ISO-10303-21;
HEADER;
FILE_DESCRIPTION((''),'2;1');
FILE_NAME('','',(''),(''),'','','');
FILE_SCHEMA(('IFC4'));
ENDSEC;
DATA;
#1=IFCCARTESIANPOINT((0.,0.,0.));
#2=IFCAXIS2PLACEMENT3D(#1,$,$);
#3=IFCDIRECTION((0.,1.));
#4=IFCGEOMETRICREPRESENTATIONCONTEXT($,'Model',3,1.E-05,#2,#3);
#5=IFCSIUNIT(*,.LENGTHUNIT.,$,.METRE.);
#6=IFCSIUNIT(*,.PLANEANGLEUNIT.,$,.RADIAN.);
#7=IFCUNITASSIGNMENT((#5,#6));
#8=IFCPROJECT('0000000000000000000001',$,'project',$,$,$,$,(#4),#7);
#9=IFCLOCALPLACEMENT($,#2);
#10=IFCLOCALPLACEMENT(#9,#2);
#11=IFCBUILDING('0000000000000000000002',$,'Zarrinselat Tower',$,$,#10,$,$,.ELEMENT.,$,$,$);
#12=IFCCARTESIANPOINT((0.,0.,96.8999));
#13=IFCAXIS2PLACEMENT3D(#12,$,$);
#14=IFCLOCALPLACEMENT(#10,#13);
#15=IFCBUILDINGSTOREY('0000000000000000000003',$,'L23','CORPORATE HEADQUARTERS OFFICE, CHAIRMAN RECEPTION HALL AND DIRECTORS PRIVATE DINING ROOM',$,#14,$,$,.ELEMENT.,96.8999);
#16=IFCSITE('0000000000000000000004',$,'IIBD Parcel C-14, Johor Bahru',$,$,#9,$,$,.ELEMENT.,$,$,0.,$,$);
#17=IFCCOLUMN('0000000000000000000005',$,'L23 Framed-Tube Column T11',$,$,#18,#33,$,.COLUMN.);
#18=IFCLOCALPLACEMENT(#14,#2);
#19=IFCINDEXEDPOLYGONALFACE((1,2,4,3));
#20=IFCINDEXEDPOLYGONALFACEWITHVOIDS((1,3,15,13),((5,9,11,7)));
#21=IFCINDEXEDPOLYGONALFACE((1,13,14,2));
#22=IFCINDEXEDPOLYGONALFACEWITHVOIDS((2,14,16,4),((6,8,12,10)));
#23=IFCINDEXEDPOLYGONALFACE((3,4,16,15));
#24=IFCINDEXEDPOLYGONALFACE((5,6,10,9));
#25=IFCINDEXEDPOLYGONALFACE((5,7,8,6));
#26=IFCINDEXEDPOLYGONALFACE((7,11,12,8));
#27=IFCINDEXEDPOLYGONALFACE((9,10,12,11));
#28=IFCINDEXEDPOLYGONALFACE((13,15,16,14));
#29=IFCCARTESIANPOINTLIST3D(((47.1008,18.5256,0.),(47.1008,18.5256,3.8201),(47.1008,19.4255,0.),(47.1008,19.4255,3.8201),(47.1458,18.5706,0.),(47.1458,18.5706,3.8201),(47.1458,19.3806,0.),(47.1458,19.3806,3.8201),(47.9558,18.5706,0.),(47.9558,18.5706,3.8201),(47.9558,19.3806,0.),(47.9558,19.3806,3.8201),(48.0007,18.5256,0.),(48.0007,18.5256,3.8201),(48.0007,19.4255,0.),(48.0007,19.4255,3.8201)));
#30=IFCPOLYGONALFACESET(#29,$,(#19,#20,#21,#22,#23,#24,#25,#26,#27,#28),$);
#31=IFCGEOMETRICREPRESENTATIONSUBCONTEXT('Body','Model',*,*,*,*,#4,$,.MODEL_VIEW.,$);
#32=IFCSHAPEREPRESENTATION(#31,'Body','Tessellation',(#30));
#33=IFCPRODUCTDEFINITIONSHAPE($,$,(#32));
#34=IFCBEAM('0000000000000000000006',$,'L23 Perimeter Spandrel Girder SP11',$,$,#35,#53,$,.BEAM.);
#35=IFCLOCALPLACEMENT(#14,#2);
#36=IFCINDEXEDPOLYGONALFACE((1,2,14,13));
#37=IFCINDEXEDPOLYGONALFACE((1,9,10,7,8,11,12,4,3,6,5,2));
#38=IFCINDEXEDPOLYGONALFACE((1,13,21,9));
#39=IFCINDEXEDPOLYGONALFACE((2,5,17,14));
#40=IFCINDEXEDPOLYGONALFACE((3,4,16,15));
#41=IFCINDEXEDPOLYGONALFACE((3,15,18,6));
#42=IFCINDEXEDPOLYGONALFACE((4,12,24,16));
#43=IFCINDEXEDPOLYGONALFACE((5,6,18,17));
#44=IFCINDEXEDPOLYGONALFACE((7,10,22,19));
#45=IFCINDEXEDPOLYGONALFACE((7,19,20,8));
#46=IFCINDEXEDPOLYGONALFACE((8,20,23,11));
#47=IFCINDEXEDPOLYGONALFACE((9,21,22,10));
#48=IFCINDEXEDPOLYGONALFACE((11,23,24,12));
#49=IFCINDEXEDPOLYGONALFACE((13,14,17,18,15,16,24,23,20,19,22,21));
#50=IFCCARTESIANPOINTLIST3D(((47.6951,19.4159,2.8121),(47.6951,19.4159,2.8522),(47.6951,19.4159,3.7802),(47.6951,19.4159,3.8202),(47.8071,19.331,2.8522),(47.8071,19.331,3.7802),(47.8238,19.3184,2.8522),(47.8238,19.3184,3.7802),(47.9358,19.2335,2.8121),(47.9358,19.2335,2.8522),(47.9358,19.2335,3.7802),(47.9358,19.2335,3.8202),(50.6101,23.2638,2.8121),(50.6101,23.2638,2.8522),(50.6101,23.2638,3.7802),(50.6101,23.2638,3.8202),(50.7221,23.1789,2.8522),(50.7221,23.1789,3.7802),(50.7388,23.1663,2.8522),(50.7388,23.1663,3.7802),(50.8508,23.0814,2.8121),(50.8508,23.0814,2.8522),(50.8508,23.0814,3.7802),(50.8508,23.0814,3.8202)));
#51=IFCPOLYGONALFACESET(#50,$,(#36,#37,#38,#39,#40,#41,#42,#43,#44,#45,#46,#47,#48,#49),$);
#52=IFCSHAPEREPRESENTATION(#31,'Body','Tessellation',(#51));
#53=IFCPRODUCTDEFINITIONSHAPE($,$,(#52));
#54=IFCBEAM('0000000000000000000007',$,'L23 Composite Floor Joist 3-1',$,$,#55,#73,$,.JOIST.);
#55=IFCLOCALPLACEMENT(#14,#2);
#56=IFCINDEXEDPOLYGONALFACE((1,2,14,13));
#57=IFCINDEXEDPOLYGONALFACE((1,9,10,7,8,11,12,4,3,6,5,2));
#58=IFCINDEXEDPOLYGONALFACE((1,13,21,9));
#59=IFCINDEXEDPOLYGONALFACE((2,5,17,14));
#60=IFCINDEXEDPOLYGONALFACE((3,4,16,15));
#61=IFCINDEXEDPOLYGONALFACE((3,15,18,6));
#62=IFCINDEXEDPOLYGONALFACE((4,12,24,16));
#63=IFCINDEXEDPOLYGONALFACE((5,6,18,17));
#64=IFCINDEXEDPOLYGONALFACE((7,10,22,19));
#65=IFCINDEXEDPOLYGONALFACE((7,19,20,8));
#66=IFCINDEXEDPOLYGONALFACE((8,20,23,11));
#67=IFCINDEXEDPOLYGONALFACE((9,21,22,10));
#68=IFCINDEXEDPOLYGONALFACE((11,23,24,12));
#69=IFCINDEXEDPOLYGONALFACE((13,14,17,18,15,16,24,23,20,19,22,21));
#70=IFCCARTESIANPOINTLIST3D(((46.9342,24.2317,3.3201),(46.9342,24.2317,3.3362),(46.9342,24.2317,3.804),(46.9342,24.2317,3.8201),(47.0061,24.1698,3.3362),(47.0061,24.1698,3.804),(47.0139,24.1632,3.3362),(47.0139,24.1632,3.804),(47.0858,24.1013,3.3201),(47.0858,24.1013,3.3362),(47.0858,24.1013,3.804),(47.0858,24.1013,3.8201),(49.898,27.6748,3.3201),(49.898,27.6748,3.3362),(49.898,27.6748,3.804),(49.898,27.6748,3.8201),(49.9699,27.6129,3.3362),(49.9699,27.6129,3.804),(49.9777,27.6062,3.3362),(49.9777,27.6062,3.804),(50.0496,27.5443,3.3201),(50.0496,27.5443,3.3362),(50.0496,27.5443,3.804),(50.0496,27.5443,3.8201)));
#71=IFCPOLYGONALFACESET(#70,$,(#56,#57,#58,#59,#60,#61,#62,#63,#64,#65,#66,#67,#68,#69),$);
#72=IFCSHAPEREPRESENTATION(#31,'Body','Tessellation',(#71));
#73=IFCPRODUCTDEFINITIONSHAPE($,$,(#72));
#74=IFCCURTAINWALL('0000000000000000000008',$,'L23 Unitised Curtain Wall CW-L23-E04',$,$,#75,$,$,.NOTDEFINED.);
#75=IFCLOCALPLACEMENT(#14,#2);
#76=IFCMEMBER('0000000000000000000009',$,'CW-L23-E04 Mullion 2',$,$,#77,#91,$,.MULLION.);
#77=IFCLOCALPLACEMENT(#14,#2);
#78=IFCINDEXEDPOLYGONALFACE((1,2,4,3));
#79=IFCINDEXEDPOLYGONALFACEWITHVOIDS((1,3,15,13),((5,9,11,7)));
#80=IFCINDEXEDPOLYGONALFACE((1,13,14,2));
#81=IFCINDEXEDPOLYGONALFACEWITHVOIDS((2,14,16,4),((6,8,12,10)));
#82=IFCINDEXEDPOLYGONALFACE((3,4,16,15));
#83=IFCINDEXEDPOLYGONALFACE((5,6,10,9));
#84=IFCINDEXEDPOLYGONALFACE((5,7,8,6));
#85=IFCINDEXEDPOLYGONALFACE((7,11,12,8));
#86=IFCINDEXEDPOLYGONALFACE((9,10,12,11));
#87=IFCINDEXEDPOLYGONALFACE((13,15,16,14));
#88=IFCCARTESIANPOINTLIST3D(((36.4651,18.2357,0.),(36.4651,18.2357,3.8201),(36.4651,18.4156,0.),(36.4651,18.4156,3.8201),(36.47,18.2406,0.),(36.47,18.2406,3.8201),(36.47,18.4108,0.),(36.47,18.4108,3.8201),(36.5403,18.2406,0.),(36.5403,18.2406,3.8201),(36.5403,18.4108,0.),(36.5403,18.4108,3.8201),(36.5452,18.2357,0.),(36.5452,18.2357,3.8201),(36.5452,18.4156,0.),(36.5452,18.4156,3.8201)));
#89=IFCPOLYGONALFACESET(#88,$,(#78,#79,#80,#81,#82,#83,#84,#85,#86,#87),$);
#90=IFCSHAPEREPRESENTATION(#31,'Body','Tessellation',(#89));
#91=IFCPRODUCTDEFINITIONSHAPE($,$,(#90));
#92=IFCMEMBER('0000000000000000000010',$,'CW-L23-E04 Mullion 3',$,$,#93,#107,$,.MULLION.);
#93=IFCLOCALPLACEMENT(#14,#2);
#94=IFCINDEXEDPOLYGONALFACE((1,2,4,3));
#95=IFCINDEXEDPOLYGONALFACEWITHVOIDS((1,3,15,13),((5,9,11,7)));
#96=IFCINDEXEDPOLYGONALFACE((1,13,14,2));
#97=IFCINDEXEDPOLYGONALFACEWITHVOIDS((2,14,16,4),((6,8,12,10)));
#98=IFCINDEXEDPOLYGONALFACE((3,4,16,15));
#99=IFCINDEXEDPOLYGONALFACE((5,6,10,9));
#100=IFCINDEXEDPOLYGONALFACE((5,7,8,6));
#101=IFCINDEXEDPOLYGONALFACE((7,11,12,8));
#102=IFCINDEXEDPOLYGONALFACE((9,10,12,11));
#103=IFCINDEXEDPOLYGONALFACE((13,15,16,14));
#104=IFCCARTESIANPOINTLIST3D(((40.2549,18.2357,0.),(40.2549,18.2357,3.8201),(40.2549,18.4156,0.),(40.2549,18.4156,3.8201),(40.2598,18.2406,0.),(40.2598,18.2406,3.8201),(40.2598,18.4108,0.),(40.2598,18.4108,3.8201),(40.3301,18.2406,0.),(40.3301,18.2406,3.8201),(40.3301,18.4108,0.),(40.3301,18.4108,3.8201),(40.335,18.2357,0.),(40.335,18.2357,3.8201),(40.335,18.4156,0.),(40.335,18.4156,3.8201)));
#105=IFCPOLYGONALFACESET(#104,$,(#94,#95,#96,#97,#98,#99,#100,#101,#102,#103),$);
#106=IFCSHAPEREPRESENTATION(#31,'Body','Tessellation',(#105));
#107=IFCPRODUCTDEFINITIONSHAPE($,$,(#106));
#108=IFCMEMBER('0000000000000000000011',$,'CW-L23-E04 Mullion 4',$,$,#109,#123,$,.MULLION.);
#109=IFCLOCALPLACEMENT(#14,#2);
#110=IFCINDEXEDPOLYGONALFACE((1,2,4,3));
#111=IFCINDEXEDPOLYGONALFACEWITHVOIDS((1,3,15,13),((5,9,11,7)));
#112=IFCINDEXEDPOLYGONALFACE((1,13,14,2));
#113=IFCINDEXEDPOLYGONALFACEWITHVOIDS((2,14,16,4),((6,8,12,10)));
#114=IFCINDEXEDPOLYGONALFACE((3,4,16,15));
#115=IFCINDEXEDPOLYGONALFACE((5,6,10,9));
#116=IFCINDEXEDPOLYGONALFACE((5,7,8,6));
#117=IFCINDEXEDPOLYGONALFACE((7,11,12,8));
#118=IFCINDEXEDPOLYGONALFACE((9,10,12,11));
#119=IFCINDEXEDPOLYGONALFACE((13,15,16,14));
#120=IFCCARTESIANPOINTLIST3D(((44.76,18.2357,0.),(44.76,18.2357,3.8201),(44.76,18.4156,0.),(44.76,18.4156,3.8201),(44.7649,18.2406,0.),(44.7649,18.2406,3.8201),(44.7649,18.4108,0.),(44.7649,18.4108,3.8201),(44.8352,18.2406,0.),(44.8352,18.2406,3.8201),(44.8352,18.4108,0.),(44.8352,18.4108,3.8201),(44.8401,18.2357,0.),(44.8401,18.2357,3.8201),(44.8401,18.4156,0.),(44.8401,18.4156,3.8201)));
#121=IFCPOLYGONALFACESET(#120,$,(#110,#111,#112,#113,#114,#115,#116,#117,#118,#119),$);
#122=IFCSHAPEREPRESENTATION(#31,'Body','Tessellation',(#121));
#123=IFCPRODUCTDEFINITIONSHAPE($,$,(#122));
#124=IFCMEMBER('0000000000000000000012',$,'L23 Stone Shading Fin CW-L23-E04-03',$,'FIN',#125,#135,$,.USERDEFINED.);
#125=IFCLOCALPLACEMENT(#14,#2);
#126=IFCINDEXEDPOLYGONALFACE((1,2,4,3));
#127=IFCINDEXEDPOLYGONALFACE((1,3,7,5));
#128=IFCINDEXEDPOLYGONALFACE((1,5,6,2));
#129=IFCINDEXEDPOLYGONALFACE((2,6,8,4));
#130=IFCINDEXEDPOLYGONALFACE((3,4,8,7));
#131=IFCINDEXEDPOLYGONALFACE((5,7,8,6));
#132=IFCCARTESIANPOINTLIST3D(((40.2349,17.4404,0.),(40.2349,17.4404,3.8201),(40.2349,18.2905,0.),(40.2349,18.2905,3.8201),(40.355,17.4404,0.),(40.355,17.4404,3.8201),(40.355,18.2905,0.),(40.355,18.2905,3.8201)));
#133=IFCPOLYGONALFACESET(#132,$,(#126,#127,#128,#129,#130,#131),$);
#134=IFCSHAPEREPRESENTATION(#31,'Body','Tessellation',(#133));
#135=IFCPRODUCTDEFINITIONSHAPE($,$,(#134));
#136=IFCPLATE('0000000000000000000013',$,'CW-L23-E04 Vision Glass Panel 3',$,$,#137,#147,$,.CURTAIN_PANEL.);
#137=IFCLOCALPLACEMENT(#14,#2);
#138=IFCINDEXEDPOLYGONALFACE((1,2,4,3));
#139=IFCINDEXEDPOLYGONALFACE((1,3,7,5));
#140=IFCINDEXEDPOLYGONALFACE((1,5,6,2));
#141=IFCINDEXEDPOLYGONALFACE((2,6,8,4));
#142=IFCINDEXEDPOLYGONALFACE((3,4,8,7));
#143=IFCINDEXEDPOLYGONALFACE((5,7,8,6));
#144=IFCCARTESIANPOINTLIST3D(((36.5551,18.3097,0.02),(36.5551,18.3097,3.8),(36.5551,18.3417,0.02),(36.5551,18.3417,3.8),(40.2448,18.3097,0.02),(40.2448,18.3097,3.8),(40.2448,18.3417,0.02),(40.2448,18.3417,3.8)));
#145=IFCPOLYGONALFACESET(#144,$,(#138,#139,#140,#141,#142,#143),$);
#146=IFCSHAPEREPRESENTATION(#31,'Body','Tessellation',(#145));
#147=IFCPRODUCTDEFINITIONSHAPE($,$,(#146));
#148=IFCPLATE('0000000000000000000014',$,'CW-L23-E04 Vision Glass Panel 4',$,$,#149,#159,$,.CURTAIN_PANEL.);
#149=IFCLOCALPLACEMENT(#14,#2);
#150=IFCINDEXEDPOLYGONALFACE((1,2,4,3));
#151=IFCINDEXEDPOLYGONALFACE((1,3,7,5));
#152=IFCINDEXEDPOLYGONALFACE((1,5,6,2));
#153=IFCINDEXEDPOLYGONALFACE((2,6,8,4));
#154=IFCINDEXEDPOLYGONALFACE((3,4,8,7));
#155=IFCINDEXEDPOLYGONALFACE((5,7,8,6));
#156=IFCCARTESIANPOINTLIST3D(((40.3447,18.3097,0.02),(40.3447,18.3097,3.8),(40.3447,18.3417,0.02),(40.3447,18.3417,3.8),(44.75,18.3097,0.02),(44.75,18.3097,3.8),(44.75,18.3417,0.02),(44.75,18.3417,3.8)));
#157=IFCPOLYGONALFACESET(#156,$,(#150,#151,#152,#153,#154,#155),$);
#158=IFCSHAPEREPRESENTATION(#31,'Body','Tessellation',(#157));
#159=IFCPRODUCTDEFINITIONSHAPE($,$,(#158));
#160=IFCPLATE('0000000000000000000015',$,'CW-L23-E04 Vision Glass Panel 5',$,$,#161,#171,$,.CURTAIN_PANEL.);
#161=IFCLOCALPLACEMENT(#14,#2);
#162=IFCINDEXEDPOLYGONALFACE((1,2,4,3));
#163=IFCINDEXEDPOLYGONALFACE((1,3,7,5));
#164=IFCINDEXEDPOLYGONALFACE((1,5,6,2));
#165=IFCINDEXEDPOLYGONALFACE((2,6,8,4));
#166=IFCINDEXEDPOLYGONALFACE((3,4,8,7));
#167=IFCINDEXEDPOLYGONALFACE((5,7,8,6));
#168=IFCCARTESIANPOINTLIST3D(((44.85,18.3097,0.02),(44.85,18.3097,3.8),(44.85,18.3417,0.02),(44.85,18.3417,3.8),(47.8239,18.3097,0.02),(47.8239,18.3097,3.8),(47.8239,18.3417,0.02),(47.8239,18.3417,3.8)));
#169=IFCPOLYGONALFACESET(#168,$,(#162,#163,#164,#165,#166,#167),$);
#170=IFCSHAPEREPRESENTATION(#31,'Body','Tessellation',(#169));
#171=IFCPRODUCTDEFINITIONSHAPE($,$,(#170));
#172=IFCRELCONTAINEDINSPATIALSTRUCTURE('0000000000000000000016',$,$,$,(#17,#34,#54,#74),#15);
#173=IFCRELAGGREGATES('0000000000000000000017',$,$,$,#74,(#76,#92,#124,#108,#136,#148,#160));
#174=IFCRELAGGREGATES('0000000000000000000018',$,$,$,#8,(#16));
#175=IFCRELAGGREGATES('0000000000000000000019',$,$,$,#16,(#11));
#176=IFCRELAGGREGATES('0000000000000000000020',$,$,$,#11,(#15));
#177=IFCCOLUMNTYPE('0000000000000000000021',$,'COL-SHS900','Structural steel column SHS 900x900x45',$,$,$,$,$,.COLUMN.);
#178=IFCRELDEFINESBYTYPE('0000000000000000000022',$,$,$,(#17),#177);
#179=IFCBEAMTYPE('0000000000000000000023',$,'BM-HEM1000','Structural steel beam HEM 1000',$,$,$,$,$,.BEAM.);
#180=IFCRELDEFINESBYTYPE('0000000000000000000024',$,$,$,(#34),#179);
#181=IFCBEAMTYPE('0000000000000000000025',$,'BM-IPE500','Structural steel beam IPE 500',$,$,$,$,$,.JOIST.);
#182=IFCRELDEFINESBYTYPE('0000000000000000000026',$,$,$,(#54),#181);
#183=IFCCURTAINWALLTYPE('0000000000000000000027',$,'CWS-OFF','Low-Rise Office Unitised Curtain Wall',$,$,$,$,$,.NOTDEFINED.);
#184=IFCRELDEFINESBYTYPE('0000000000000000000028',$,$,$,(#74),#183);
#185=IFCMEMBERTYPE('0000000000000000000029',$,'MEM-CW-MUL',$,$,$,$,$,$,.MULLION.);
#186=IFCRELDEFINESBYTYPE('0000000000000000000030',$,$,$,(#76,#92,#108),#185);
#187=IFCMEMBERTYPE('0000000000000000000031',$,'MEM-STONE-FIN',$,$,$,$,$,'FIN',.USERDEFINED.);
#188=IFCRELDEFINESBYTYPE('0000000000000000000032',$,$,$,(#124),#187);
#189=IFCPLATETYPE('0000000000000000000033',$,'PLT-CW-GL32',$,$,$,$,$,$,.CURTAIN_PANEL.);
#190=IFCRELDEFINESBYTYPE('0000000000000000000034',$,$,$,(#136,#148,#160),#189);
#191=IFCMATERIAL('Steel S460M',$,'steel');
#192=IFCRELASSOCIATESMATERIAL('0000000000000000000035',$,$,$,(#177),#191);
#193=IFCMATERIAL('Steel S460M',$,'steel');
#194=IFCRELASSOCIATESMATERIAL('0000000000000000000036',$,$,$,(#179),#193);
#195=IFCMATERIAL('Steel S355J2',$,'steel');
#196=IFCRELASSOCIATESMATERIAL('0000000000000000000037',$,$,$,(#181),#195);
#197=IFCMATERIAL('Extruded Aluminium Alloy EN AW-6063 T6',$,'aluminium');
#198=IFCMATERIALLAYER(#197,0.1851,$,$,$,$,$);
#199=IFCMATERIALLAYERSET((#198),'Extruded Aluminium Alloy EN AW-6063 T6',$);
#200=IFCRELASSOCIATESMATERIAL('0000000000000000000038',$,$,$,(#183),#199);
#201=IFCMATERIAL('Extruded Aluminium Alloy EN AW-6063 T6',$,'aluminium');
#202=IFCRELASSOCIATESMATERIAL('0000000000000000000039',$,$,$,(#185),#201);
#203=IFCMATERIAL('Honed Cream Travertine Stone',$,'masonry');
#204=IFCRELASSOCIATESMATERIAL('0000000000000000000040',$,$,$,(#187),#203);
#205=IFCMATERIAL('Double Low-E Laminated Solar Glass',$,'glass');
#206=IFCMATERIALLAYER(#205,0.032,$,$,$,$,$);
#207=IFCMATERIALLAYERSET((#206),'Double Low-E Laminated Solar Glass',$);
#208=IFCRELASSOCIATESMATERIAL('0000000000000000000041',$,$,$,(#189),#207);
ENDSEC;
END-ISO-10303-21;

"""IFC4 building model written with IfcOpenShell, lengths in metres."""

from ifc_helpers import new_model, si_unit, direction, frame, origin, origin_2d, place, context, subcontext, project, spatial, rectangle, hollow_rectangle, i_section, extrude, material, layer, layer_set, material_profile, profile_set, type_object, element, aggregate, save


model = new_model("IFC4")

# Units and contexts
model_context = context("Model", 3, precision=1e-05, world=origin(), true_north=direction((0.0, 1.0)))
body_context = subcontext(model_context, "Body", "Model", "MODEL_VIEW")
ifc_project = project(units=[si_unit("LENGTHUNIT", "METRE"), si_unit("PLANEANGLEUNIT", "RADIAN")], contexts=[model_context])

# Site, building, storey
site_placement = place(None, origin())
site = spatial("IfcSite", under=ifc_project, at=site_placement, Name="IIBD Parcel C-14, Johor Bahru", CompositionType="ELEMENT", RefElevation=0.0)
building_placement = place(site_placement, origin())
building = spatial("IfcBuilding", under=site, at=building_placement, Name="Zarrinselat Tower", CompositionType="ELEMENT")
storey_placement = place(building_placement, frame((0.0, 0.0, 96.8999)))
storey = spatial("IfcBuildingStorey", under=building, at=storey_placement, Name="L23", Description="CORPORATE HEADQUARTERS OFFICE, CHAIRMAN RECEPTION HALL AND DIRECTORS PRIVATE DINING ROOM", CompositionType="ELEMENT", Elevation=96.8999)

# Column
ifc_material_1 = material(Name="Steel S460M", Category="steel")
ifc_material_profile_1 = material_profile(ifc_material_1, hollow_rectangle(XDim=0.8999, YDim=0.8999, WallThickness=0.0449, at=origin_2d()), Name="SHS 900x900x45")
ifc_profile_set_1 = profile_set([ifc_material_profile_1], Name="Steel S460M")
column_type = type_object("IfcColumnType", Name="COL-SHS900", Description="Structural steel column SHS 900x900x45", PredefinedType="COLUMN", material=ifc_profile_set_1)
column_placement = place(storey_placement, frame((47.5508, 18.9756, 0.0), z_axis=(0.0, 0.0, 1.0), x_axis=(1.0, 0.0, 0.0)))
element("IfcColumn", 1, at=column_placement, inside=storey, type_object=column_type, Name="L23 Framed-Tube Column T11", PredefinedType="COLUMN", context=body_context, shape_type="SweptSolid", body=[
    extrude(hollow_rectangle(XDim=0.8999, YDim=0.8999, WallThickness=0.0449, at=origin_2d()), origin(), (0.0, 0.0, 1.0), 3.8201),
])

# Beams
ifc_material_2 = material(Name="Steel S460M", Category="steel")
ifc_material_profile_2 = material_profile(ifc_material_2, i_section(OverallWidth=0.302, OverallDepth=1.0081, WebThickness=0.021, FlangeThickness=0.04, at=origin_2d()), Name="HEM 1000")
ifc_profile_set_2 = profile_set([ifc_material_profile_2], Name="Steel S460M")
beam_type_1 = type_object("IfcBeamType", Name="BM-HEM1000", Description="Structural steel beam HEM 1000", PredefinedType="BEAM", material=ifc_profile_set_2)
beam_1_placement = place(storey_placement, frame((47.8154, 19.3247, 3.3162), z_axis=(0.603853, 0.797096, 0.0), x_axis=(-0.797096, 0.603853, 0.0)))
element("IfcBeam", 2, at=beam_1_placement, inside=storey, type_object=beam_type_1, Name="L23 Perimeter Spandrel Girder SP11", PredefinedType="BEAM", context=body_context, shape_type="SweptSolid", body=[
    extrude(i_section(OverallWidth=0.302, OverallDepth=1.0081, WebThickness=0.021, FlangeThickness=0.04, at=origin_2d()), origin(), (0.0, 0.0, 1.0), 4.8274),
])
ifc_material_3 = material(Name="Steel S355J2", Category="steel")
ifc_material_profile_3 = material_profile(ifc_material_3, i_section(OverallWidth=0.2, OverallDepth=0.5, WebThickness=0.0103, FlangeThickness=0.0161, at=origin_2d()), Name="IPE 500")
ifc_profile_set_3 = profile_set([ifc_material_profile_3], Name="Steel S355J2")
beam_type_2 = type_object("IfcBeamType", Name="BM-IPE500", Description="Structural steel beam IPE 500", PredefinedType="JOIST", material=ifc_profile_set_3)
beam_2_placement = place(storey_placement, frame((47.01, 24.1665, 3.5701), z_axis=(0.652392, 0.757882, 0.0), x_axis=(-0.757882, 0.652392, 0.0)))
element("IfcBeam", 3, at=beam_2_placement, inside=storey, type_object=beam_type_2, Name="L23 Composite Floor Joist 3-1", PredefinedType="JOIST", context=body_context, shape_type="SweptSolid", body=[
    extrude(i_section(OverallWidth=0.2, OverallDepth=0.5, WebThickness=0.0103, FlangeThickness=0.0161, at=origin_2d()), origin(), (0.0, 0.0, 1.0), 4.543),
])

# Curtain wall, members, plates
ifc_material_4 = material(Name="Extruded Aluminium Alloy EN AW-6063 T6", Category="aluminium")
ifc_layer_1 = layer(ifc_material_4, 0.1851)
ifc_layer_set_1 = layer_set([ifc_layer_1], Name="Extruded Aluminium Alloy EN AW-6063 T6")
curtain_wall_type = type_object("IfcCurtainWallType", Name="CWS-OFF", Description="Low-Rise Office Unitised Curtain Wall", PredefinedType="NOTDEFINED", material=ifc_layer_set_1)
curtain_wall_placement = place(storey_placement, origin())
curtain_wall = element("IfcCurtainWall", 4, at=curtain_wall_placement, inside=storey, type_object=curtain_wall_type, Name="L23 Unitised Curtain Wall CW-L23-E04", PredefinedType="NOTDEFINED")
ifc_material_5 = material(Name="Extruded Aluminium Alloy EN AW-6063 T6", Category="aluminium")
ifc_material_profile_4 = material_profile(ifc_material_5, hollow_rectangle(XDim=0.0801, YDim=0.1799, WallThickness=0.0049, at=origin_2d()), Name="RHS 180x80x5")
ifc_profile_set_4 = profile_set([ifc_material_profile_4], Name="Extruded Aluminium Alloy EN AW-6063 T6")
member_type_1 = type_object("IfcMemberType", Name="MEM-CW-MUL", PredefinedType="MULLION", material=ifc_profile_set_4)
member_1_placement = place(storey_placement, frame((36.5051, 18.3257, 0.0), z_axis=(0.0, 0.0, 1.0), x_axis=(1.0, 0.0, 0.0)))
member_1 = element("IfcMember", 5, at=member_1_placement, type_object=member_type_1, Name="CW-L23-E04 Mullion 2", PredefinedType="MULLION", context=body_context, shape_type="SweptSolid", body=[
    extrude(hollow_rectangle(XDim=0.0801, YDim=0.1799, WallThickness=0.0049, at=origin_2d()), origin(), (0.0, 0.0, 1.0), 3.8201),
])
member_2_placement = place(storey_placement, frame((40.2949, 18.3257, 0.0), z_axis=(0.0, 0.0, 1.0), x_axis=(1.0, 0.0, 0.0)))
member_2 = element("IfcMember", 6, at=member_2_placement, type_object=member_type_1, Name="CW-L23-E04 Mullion 3", PredefinedType="MULLION", context=body_context, shape_type="SweptSolid", body=[
    extrude(hollow_rectangle(XDim=0.0801, YDim=0.1799, WallThickness=0.0049, at=origin_2d()), origin(), (0.0, 0.0, 1.0), 3.8201),
])
member_3_placement = place(storey_placement, frame((44.8, 18.3257, 0.0), z_axis=(0.0, 0.0, 1.0), x_axis=(1.0, 0.0, 0.0)))
member_3 = element("IfcMember", 7, at=member_3_placement, type_object=member_type_1, Name="CW-L23-E04 Mullion 4", PredefinedType="MULLION", context=body_context, shape_type="SweptSolid", body=[
    extrude(hollow_rectangle(XDim=0.0801, YDim=0.1799, WallThickness=0.0049, at=origin_2d()), origin(), (0.0, 0.0, 1.0), 3.8201),
])
ifc_material_6 = material(Name="Honed Cream Travertine Stone", Category="masonry")
ifc_material_profile_5 = material_profile(ifc_material_6, rectangle(XDim=0.1201, YDim=0.8501, at=origin_2d()), Name="FIN 850x120")
ifc_profile_set_5 = profile_set([ifc_material_profile_5], Name="Honed Cream Travertine Stone")
member_type_2 = type_object("IfcMemberType", Name="MEM-STONE-FIN", ElementType="FIN", PredefinedType="USERDEFINED", material=ifc_profile_set_5)
member_4_placement = place(storey_placement, frame((40.2949, 17.8655, 0.0), z_axis=(0.0, 0.0, 1.0), x_axis=(-1.0, 0.0, 0.0)))
member_4 = element("IfcMember", 8, at=member_4_placement, type_object=member_type_2, Name="L23 Stone Shading Fin CW-L23-E04-03", ObjectType="FIN", PredefinedType="USERDEFINED", context=body_context, shape_type="SweptSolid", body=[
    extrude(rectangle(XDim=0.1201, YDim=0.8501, at=origin_2d()), origin(), (0.0, 0.0, 1.0), 3.8201),
])
ifc_material_7 = material(Name="Double Low-E Laminated Solar Glass", Category="glass")
ifc_layer_2 = layer(ifc_material_7, 0.032)
ifc_layer_set_2 = layer_set([ifc_layer_2], Name="Double Low-E Laminated Solar Glass")
plate_type = type_object("IfcPlateType", Name="PLT-CW-GL32", PredefinedType="CURTAIN_PANEL", material=ifc_layer_set_2)
plate_1_placement = place(storey_placement, frame((38.3999, 18.3257, 0.02), z_axis=(0.0, 0.0, 1.0), x_axis=(1.0, 0.0, 0.0)))
plate_1 = element("IfcPlate", 9, at=plate_1_placement, type_object=plate_type, Name="CW-L23-E04 Vision Glass Panel 3", PredefinedType="CURTAIN_PANEL", context=body_context, shape_type="SweptSolid", body=[
    extrude(rectangle(XDim=3.6897, YDim=0.032, at=origin_2d()), origin(), (0.0, 0.0, 1.0), 3.78),
])
plate_2_placement = place(storey_placement, frame((42.5474, 18.3257, 0.02), z_axis=(0.0, 0.0, 1.0), x_axis=(1.0, 0.0, 0.0)))
plate_2 = element("IfcPlate", 10, at=plate_2_placement, type_object=plate_type, Name="CW-L23-E04 Vision Glass Panel 4", PredefinedType="CURTAIN_PANEL", context=body_context, shape_type="SweptSolid", body=[
    extrude(rectangle(XDim=4.4053, YDim=0.032, at=origin_2d()), origin(), (0.0, 0.0, 1.0), 3.78),
])
plate_3_placement = place(storey_placement, frame((46.3369, 18.3257, 0.02), z_axis=(0.0, 0.0, 1.0), x_axis=(1.0, 0.0, 0.0)))
plate_3 = element("IfcPlate", 11, at=plate_3_placement, type_object=plate_type, Name="CW-L23-E04 Vision Glass Panel 5", PredefinedType="CURTAIN_PANEL", context=body_context, shape_type="SweptSolid", body=[
    extrude(rectangle(XDim=2.9739, YDim=0.032, at=origin_2d()), origin(), (0.0, 0.0, 1.0), 3.78),
])
aggregate(curtain_wall, [member_1, member_2, member_4, member_3, plate_1, plate_2, plate_3])

save(model, "model.ifc")
